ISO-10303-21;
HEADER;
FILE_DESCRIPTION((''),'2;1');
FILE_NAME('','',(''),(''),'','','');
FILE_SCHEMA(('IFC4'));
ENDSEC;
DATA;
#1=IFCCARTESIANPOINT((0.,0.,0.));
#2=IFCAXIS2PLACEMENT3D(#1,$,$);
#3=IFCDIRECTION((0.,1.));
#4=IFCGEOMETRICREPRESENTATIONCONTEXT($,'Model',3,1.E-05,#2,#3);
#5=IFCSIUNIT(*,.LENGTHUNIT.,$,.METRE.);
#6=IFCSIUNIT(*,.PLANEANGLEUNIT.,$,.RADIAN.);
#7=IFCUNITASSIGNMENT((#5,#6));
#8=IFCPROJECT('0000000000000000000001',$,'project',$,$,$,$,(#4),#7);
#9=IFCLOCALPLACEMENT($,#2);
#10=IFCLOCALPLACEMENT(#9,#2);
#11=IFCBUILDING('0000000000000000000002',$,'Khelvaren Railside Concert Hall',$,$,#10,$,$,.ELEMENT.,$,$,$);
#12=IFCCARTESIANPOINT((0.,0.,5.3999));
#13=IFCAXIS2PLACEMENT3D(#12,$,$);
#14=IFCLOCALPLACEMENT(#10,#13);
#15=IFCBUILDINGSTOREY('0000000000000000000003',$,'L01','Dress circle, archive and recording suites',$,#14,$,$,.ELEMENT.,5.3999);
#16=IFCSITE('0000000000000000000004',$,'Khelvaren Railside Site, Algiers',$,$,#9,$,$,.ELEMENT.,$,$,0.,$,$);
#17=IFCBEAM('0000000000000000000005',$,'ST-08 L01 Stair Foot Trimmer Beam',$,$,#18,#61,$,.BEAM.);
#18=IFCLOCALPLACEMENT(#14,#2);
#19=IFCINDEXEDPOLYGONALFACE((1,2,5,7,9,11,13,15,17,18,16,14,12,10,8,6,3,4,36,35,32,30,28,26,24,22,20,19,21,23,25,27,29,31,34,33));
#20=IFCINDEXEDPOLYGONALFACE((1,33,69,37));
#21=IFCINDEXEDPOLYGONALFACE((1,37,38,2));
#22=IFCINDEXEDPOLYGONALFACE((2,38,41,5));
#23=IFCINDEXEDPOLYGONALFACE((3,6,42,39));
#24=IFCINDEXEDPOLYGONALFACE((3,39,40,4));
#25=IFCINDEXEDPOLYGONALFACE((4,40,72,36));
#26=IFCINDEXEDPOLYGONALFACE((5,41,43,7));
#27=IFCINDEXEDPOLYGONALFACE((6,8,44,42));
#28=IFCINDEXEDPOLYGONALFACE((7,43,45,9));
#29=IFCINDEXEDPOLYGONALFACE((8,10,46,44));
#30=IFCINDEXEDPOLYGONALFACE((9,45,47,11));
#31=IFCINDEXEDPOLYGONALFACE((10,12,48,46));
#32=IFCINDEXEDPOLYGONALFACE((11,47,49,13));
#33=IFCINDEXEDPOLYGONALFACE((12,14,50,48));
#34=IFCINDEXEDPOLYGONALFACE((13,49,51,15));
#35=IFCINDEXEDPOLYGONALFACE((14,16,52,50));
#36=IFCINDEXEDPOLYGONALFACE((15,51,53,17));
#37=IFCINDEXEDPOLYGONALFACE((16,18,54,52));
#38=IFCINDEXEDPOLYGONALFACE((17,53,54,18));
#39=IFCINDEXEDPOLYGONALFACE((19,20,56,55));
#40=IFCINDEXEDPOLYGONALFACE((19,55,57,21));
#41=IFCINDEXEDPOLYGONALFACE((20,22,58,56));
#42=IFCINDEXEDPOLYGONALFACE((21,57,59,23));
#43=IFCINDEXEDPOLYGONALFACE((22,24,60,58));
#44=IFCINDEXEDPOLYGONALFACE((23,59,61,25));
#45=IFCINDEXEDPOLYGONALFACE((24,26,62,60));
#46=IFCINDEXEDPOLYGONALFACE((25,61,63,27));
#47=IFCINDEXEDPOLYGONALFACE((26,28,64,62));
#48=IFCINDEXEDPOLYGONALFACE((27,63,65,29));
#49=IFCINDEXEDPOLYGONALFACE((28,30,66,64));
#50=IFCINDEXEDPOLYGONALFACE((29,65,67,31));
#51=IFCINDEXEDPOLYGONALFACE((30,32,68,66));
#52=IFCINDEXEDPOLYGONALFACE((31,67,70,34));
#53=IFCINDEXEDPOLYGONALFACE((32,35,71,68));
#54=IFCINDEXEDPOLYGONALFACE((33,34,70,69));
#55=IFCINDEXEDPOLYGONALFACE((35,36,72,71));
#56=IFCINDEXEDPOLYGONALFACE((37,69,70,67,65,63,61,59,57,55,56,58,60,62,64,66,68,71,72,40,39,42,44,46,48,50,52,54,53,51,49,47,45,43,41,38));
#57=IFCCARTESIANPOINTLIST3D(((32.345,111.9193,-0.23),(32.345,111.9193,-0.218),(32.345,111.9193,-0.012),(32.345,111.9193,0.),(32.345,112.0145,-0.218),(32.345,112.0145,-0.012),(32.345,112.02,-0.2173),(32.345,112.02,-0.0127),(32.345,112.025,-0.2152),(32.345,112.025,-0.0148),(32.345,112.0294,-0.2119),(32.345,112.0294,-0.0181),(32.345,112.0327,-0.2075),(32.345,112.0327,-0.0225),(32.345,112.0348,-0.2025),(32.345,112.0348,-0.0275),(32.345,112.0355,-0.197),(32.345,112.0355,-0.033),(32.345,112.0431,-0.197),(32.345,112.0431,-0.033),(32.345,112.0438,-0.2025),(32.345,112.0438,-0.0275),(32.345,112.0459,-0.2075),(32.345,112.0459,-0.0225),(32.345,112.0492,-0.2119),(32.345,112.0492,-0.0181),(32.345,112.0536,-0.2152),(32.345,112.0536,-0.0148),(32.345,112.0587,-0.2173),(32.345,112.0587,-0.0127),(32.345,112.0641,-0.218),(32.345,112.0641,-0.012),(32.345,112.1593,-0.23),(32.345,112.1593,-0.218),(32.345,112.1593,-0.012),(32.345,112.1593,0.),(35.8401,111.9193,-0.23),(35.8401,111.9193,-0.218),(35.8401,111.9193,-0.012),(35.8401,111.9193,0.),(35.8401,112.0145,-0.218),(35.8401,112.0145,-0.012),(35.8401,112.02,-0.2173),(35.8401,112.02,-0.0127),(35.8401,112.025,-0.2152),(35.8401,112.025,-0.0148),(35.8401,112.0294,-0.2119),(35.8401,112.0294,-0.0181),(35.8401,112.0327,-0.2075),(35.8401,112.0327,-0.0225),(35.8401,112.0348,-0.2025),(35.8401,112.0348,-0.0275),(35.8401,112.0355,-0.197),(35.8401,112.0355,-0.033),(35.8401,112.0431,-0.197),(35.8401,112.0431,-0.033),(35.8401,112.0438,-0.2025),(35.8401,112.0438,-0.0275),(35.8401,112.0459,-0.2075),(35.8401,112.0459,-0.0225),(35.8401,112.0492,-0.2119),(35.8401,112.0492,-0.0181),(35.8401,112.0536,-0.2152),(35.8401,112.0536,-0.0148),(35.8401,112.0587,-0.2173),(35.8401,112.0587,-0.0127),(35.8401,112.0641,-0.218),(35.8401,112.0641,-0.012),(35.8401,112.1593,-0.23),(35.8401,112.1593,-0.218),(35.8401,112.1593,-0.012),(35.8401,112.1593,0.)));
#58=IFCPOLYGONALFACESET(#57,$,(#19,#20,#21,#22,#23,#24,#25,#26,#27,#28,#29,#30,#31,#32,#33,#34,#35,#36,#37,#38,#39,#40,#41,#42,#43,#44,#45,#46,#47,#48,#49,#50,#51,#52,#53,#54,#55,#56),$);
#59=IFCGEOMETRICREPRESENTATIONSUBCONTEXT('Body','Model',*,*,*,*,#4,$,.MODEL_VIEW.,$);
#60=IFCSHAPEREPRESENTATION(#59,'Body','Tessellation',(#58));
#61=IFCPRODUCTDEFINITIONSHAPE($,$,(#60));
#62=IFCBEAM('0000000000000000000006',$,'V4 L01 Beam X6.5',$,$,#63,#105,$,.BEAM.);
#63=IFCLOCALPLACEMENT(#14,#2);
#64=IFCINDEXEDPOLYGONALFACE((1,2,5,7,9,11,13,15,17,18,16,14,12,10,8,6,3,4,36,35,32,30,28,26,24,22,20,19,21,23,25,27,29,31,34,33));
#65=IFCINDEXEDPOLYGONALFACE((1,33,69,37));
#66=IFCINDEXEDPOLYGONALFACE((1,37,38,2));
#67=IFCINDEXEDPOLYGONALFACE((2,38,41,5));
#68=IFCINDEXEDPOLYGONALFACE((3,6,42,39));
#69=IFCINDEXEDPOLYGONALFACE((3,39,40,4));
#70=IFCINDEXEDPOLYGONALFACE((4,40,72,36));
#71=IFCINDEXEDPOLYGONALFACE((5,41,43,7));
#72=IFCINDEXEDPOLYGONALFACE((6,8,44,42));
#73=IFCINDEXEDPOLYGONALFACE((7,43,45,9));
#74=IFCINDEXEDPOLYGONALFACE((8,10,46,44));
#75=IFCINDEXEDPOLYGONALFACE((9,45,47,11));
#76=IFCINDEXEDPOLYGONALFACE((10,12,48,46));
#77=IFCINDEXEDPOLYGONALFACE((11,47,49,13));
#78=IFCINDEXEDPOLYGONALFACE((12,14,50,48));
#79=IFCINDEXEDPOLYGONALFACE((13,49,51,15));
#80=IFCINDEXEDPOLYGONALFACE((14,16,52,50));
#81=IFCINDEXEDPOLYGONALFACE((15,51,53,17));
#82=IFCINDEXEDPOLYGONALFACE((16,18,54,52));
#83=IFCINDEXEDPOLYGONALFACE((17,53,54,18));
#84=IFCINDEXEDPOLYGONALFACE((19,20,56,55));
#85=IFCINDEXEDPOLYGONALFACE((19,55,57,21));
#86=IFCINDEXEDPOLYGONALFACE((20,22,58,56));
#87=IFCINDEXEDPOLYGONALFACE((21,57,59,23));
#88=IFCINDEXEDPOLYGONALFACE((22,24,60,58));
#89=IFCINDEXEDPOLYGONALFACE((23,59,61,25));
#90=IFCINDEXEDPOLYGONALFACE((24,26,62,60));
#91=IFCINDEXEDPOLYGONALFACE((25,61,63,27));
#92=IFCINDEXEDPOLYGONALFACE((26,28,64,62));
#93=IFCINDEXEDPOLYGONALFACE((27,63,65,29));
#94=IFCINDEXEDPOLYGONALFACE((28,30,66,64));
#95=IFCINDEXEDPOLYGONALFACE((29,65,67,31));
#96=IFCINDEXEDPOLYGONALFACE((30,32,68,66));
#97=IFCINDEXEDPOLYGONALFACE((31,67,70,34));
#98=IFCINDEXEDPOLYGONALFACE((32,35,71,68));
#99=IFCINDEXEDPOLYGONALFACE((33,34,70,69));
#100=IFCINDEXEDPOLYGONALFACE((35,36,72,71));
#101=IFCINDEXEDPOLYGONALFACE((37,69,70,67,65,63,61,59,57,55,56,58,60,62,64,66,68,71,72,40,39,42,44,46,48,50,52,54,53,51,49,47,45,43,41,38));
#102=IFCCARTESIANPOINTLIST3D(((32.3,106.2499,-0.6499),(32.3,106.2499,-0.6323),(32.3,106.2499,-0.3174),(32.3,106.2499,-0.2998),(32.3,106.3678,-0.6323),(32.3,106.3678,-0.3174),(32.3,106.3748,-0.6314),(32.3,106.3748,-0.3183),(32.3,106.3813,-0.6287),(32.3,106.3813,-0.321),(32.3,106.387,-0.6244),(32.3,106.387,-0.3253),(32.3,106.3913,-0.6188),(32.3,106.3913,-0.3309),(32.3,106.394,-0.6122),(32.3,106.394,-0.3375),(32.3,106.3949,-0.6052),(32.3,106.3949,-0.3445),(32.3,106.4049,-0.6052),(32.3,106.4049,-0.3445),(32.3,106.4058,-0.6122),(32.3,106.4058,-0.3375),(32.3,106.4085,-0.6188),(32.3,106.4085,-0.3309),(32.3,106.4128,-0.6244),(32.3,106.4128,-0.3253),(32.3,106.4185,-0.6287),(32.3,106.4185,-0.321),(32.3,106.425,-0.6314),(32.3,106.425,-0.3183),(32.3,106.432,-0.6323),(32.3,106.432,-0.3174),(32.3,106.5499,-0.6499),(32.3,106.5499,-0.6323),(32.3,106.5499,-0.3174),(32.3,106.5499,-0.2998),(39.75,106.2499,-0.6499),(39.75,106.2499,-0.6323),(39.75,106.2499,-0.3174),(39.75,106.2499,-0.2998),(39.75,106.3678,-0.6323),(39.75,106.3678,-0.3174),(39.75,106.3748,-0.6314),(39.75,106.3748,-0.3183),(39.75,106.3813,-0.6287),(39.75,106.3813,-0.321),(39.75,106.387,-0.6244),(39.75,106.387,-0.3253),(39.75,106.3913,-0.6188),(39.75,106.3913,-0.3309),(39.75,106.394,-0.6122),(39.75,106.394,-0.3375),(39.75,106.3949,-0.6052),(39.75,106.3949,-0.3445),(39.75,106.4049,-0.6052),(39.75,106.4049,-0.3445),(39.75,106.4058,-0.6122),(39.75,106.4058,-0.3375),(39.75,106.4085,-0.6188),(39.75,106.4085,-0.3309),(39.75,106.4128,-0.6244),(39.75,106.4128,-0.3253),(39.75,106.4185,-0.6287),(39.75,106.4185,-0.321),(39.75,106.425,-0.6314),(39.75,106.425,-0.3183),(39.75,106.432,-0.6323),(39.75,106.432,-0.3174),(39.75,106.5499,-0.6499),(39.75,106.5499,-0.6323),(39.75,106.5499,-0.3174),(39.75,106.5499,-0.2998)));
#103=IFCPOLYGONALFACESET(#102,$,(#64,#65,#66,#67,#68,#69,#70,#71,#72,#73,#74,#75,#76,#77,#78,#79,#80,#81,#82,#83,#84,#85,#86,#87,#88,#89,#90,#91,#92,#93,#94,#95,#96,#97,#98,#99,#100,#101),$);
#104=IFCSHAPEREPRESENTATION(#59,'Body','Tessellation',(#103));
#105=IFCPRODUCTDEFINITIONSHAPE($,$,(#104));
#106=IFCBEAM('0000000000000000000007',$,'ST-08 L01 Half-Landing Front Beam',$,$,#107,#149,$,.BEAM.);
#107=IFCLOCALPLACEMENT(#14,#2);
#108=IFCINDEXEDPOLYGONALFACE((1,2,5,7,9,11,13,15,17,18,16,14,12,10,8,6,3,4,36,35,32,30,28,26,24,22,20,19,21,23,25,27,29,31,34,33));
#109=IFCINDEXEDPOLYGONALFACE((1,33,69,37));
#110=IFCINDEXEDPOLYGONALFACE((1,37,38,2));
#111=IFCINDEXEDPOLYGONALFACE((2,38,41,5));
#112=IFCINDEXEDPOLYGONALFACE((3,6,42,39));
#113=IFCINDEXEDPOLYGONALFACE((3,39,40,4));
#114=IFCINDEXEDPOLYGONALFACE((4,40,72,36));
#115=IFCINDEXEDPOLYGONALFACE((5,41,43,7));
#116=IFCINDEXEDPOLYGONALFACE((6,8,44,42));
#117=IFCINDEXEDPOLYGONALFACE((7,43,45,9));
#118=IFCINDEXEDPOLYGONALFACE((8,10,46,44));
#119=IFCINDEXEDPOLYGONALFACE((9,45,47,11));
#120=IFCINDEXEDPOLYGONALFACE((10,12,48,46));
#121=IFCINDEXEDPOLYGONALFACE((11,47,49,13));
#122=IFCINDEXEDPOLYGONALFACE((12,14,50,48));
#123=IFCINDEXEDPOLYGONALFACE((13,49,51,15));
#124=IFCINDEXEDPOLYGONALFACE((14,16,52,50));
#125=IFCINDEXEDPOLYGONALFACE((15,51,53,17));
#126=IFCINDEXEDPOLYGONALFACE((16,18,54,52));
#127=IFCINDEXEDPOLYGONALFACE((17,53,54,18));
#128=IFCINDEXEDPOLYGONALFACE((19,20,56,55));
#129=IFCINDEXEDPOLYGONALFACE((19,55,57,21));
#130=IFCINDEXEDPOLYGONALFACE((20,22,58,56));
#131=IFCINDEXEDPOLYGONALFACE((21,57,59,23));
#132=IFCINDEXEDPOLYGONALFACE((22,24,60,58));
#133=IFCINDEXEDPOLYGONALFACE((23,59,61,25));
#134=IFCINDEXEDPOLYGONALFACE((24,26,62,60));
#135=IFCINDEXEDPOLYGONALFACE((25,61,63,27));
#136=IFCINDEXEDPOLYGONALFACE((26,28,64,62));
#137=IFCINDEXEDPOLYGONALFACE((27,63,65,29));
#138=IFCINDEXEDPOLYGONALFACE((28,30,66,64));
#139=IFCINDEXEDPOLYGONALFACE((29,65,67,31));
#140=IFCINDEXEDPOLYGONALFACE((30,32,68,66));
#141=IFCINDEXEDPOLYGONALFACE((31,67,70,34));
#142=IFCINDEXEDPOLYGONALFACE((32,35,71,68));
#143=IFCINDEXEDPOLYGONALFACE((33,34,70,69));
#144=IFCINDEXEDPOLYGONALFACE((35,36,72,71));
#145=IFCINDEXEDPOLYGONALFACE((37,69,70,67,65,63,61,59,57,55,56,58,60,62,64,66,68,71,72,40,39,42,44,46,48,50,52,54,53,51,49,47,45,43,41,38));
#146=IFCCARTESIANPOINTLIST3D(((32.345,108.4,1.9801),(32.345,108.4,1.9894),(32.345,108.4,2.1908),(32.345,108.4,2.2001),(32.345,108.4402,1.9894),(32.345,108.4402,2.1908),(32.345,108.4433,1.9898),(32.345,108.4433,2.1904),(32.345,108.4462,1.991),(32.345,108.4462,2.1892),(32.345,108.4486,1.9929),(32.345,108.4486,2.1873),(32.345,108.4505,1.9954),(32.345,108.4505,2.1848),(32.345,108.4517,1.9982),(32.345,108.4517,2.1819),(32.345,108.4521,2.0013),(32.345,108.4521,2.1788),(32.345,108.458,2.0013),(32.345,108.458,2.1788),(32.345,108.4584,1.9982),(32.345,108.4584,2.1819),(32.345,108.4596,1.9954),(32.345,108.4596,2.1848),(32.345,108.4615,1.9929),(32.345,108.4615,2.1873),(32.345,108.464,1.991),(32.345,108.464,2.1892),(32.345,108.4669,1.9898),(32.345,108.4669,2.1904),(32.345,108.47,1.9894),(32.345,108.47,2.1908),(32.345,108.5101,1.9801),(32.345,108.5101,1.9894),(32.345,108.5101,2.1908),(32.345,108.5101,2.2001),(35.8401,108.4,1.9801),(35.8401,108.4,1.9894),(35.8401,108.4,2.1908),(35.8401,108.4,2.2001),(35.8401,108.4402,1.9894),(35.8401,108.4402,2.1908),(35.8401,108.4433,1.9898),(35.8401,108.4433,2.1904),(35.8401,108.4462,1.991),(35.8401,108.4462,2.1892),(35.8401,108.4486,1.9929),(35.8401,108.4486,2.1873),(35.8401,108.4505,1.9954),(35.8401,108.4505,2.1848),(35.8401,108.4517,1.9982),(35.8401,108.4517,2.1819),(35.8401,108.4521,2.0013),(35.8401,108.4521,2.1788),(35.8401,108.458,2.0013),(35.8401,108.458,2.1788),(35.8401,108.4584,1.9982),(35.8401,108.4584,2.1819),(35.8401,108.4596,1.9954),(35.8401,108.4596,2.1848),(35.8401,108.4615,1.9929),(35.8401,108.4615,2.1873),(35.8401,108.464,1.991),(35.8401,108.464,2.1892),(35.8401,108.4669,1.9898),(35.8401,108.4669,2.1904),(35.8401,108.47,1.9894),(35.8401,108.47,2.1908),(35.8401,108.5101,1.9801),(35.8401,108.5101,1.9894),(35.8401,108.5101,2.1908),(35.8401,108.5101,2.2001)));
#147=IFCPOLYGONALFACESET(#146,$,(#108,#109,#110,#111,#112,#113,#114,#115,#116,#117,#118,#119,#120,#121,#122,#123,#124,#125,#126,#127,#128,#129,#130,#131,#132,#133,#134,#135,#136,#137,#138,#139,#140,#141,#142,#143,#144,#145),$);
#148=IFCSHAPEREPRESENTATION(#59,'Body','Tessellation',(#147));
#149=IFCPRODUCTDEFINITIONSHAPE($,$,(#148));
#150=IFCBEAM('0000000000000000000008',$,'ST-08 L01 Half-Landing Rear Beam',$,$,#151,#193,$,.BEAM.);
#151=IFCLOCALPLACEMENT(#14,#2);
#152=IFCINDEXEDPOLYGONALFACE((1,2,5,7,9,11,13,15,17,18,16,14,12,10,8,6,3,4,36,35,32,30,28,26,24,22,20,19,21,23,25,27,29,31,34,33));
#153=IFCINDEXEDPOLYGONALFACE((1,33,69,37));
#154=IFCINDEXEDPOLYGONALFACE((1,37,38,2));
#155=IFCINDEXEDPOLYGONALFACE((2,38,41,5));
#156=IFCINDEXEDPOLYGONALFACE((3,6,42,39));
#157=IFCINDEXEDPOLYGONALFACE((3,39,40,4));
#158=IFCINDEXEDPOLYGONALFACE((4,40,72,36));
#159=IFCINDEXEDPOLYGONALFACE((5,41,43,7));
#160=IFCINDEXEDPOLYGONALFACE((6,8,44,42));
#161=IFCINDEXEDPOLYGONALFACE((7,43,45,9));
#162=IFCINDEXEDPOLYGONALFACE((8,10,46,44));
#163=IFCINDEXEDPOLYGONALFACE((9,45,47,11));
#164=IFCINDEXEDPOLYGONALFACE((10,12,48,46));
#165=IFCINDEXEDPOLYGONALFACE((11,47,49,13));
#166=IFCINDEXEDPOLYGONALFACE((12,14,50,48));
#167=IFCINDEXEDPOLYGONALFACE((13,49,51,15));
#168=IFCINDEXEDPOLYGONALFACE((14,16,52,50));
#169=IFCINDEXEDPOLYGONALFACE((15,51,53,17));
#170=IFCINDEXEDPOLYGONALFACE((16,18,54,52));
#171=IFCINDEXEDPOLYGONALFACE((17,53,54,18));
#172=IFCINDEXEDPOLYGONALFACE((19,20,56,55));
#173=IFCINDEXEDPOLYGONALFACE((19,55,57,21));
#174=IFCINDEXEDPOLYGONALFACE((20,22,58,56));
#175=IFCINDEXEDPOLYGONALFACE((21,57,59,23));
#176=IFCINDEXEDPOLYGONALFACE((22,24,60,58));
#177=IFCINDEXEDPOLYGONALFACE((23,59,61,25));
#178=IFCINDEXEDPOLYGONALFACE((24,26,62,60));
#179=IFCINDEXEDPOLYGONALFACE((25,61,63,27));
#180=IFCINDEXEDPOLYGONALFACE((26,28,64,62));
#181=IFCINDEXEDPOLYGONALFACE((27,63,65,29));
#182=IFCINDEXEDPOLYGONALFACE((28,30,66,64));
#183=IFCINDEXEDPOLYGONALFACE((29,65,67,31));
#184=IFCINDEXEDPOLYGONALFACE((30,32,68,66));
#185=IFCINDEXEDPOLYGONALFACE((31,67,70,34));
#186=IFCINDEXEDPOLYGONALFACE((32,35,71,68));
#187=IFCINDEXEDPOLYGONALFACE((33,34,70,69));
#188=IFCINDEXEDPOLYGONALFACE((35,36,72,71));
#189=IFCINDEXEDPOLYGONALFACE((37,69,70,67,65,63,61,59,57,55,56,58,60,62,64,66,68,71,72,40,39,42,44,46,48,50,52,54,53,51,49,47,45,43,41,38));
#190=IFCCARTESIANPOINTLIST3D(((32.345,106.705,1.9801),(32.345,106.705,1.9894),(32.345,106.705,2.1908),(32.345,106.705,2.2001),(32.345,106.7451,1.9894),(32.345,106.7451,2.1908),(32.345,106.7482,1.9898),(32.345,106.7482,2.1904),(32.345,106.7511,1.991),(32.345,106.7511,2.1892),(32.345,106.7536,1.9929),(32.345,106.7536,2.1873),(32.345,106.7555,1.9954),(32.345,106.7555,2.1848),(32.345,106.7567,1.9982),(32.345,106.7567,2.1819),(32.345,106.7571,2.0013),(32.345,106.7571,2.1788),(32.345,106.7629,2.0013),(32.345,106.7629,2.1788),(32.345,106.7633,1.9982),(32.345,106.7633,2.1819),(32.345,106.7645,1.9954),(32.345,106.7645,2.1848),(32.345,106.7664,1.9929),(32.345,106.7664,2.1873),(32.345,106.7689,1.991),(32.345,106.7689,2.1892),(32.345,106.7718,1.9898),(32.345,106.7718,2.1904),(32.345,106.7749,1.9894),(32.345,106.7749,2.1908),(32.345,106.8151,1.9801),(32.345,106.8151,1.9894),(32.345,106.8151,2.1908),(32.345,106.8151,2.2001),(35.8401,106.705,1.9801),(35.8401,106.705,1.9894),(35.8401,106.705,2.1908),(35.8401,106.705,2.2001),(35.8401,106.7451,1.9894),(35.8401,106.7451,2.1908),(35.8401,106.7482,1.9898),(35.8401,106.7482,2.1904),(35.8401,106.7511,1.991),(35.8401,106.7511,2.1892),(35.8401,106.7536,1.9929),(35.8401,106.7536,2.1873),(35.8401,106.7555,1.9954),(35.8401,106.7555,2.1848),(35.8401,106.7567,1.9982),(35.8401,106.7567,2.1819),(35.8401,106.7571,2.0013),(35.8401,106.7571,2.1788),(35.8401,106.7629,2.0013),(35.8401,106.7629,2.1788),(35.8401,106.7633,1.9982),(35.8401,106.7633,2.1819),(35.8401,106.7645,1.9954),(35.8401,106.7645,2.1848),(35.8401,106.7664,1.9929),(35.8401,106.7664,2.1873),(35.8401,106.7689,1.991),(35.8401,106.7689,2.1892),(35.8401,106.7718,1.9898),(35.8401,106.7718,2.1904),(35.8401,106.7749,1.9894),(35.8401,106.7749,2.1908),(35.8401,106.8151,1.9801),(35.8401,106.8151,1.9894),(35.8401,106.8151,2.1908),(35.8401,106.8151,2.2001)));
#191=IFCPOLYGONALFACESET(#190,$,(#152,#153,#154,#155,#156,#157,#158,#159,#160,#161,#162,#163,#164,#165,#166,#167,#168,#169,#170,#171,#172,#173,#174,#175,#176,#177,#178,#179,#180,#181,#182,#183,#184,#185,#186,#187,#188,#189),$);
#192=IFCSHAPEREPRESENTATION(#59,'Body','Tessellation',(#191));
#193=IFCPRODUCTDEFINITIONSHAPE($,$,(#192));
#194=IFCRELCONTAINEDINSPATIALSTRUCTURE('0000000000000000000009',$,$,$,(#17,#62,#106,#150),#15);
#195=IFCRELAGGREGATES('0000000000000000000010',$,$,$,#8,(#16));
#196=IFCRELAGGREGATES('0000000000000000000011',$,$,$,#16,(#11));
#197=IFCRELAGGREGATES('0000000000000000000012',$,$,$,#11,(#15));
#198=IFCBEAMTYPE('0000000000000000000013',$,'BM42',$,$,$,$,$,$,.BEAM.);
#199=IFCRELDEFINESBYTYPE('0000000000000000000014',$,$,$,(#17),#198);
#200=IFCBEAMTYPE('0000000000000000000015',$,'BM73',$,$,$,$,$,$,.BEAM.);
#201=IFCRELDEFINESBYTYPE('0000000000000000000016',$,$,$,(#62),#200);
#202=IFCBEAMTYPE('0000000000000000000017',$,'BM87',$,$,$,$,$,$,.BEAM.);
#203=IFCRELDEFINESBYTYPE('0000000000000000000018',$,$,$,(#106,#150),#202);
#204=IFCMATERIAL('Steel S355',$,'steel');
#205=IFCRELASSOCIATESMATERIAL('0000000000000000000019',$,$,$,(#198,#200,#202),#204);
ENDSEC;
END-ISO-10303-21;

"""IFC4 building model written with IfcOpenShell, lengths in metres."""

from ifc_helpers import new_model, si_unit, direction, frame, origin, origin_2d, place, context, subcontext, project, spatial, i_section, extrude, material, material_profile, profile_set, type_object, element, save


model = new_model("IFC4")

# Units and contexts
model_context = context("Model", 3, precision=1e-05, world=origin(), true_north=direction((0.0, 1.0)))
body_context = subcontext(model_context, "Body", "Model", "MODEL_VIEW")
ifc_project = project(units=[si_unit("LENGTHUNIT", "METRE"), si_unit("PLANEANGLEUNIT", "RADIAN")], contexts=[model_context])

# Site, building, storey
site_placement = place(None, origin())
site = spatial("IfcSite", under=ifc_project, at=site_placement, Name="Khelvaren Railside Site, Algiers", CompositionType="ELEMENT", RefElevation=0.0)
building_placement = place(site_placement, origin())
building = spatial("IfcBuilding", under=site, at=building_placement, Name="Khelvaren Railside Concert Hall", CompositionType="ELEMENT")
storey_placement = place(building_placement, frame((0.0, 0.0, 5.3999)))
storey = spatial("IfcBuildingStorey", under=building, at=storey_placement, Name="L01", Description="Dress circle, archive and recording suites", CompositionType="ELEMENT", Elevation=5.3999)

# Beams
ifc_material_1 = material(Name="Steel S355", Category="steel")
ifc_material_profile_1 = material_profile(ifc_material_1, i_section(OverallWidth=0.24, OverallDepth=0.23, WebThickness=0.0076, FlangeThickness=0.012, FilletRadius=0.021, at=origin_2d()), Name="HEA 240")
ifc_profile_set_1 = profile_set([ifc_material_profile_1], Name="Steel S355")
beam_type_1 = type_object("IfcBeamType", Name="BM42", PredefinedType="BEAM", material=ifc_profile_set_1)
beam_1_placement = place(storey_placement, frame((32.345, 112.0393, -0.115), z_axis=(1.0, 0.0, 0.0), x_axis=(0.0, 1.0, 0.0)))
element("IfcBeam", 1, at=beam_1_placement, inside=storey, type_object=beam_type_1, Name="ST-08 L01 Stair Foot Trimmer Beam", PredefinedType="BEAM", context=body_context, shape_type="SweptSolid", body=[
    extrude(i_section(OverallWidth=0.24, OverallDepth=0.23, WebThickness=0.0076, FlangeThickness=0.012, FilletRadius=0.021, at=origin_2d()), origin(), (0.0, 0.0, 1.0), 3.4951),
])
ifc_material_profile_2 = material_profile(ifc_material_1, i_section(OverallWidth=0.3, OverallDepth=0.3501, WebThickness=0.01, FlangeThickness=0.0176, FilletRadius=0.0271, at=origin_2d()), Name="HEA 360")
ifc_profile_set_2 = profile_set([ifc_material_profile_2], Name="Steel S355")
beam_type_2 = type_object("IfcBeamType", Name="BM73", PredefinedType="BEAM", material=ifc_profile_set_2)
beam_2_placement = place(storey_placement, frame((32.3, 106.3999, -0.4749), z_axis=(1.0, 0.0, 0.0), x_axis=(0.0, 1.0, 0.0)))
element("IfcBeam", 2, at=beam_2_placement, inside=storey, type_object=beam_type_2, Name="V4 L01 Beam X6.5", PredefinedType="BEAM", context=body_context, shape_type="SweptSolid", body=[
    extrude(i_section(OverallWidth=0.3, OverallDepth=0.3501, WebThickness=0.01, FlangeThickness=0.0176, FilletRadius=0.0271, at=origin_2d()), origin(), (0.0, 0.0, 1.0), 7.45),
])
ifc_material_profile_3 = material_profile(ifc_material_1, i_section(OverallWidth=0.1101, OverallDepth=0.22, WebThickness=0.0059, FlangeThickness=0.0093, FilletRadius=0.012, at=origin_2d()), Name="IPE 220")
ifc_profile_set_3 = profile_set([ifc_material_profile_3], Name="Steel S355")
beam_type_3 = type_object("IfcBeamType", Name="BM87", PredefinedType="BEAM", material=ifc_profile_set_3)
for number, where, z_axis, x_axis, name in (
    (3, (32.345, 108.4551, 2.0901), (1.0, 0.0, 0.0), (0.0, 1.0, 0.0), "ST-08 L01 Half-Landing Front Beam"),
    (4, (32.345, 106.76, 2.0901), (1.0, 0.0, 0.0), (0.0, 1.0, 0.0), "ST-08 L01 Half-Landing Rear Beam"),
):
    element("IfcBeam", number, at=place(storey_placement, frame(where, z_axis=z_axis, x_axis=x_axis)), inside=storey, type_object=beam_type_3, Name=name, PredefinedType="BEAM", context=body_context, shape_type="SweptSolid", body=[
        extrude(i_section(OverallWidth=0.1101, OverallDepth=0.22, WebThickness=0.0059, FlangeThickness=0.0093, FilletRadius=0.012, at=origin_2d()), origin(), (0.0, 0.0, 1.0), 3.4951),
    ])

save(model, "model.ifc")
